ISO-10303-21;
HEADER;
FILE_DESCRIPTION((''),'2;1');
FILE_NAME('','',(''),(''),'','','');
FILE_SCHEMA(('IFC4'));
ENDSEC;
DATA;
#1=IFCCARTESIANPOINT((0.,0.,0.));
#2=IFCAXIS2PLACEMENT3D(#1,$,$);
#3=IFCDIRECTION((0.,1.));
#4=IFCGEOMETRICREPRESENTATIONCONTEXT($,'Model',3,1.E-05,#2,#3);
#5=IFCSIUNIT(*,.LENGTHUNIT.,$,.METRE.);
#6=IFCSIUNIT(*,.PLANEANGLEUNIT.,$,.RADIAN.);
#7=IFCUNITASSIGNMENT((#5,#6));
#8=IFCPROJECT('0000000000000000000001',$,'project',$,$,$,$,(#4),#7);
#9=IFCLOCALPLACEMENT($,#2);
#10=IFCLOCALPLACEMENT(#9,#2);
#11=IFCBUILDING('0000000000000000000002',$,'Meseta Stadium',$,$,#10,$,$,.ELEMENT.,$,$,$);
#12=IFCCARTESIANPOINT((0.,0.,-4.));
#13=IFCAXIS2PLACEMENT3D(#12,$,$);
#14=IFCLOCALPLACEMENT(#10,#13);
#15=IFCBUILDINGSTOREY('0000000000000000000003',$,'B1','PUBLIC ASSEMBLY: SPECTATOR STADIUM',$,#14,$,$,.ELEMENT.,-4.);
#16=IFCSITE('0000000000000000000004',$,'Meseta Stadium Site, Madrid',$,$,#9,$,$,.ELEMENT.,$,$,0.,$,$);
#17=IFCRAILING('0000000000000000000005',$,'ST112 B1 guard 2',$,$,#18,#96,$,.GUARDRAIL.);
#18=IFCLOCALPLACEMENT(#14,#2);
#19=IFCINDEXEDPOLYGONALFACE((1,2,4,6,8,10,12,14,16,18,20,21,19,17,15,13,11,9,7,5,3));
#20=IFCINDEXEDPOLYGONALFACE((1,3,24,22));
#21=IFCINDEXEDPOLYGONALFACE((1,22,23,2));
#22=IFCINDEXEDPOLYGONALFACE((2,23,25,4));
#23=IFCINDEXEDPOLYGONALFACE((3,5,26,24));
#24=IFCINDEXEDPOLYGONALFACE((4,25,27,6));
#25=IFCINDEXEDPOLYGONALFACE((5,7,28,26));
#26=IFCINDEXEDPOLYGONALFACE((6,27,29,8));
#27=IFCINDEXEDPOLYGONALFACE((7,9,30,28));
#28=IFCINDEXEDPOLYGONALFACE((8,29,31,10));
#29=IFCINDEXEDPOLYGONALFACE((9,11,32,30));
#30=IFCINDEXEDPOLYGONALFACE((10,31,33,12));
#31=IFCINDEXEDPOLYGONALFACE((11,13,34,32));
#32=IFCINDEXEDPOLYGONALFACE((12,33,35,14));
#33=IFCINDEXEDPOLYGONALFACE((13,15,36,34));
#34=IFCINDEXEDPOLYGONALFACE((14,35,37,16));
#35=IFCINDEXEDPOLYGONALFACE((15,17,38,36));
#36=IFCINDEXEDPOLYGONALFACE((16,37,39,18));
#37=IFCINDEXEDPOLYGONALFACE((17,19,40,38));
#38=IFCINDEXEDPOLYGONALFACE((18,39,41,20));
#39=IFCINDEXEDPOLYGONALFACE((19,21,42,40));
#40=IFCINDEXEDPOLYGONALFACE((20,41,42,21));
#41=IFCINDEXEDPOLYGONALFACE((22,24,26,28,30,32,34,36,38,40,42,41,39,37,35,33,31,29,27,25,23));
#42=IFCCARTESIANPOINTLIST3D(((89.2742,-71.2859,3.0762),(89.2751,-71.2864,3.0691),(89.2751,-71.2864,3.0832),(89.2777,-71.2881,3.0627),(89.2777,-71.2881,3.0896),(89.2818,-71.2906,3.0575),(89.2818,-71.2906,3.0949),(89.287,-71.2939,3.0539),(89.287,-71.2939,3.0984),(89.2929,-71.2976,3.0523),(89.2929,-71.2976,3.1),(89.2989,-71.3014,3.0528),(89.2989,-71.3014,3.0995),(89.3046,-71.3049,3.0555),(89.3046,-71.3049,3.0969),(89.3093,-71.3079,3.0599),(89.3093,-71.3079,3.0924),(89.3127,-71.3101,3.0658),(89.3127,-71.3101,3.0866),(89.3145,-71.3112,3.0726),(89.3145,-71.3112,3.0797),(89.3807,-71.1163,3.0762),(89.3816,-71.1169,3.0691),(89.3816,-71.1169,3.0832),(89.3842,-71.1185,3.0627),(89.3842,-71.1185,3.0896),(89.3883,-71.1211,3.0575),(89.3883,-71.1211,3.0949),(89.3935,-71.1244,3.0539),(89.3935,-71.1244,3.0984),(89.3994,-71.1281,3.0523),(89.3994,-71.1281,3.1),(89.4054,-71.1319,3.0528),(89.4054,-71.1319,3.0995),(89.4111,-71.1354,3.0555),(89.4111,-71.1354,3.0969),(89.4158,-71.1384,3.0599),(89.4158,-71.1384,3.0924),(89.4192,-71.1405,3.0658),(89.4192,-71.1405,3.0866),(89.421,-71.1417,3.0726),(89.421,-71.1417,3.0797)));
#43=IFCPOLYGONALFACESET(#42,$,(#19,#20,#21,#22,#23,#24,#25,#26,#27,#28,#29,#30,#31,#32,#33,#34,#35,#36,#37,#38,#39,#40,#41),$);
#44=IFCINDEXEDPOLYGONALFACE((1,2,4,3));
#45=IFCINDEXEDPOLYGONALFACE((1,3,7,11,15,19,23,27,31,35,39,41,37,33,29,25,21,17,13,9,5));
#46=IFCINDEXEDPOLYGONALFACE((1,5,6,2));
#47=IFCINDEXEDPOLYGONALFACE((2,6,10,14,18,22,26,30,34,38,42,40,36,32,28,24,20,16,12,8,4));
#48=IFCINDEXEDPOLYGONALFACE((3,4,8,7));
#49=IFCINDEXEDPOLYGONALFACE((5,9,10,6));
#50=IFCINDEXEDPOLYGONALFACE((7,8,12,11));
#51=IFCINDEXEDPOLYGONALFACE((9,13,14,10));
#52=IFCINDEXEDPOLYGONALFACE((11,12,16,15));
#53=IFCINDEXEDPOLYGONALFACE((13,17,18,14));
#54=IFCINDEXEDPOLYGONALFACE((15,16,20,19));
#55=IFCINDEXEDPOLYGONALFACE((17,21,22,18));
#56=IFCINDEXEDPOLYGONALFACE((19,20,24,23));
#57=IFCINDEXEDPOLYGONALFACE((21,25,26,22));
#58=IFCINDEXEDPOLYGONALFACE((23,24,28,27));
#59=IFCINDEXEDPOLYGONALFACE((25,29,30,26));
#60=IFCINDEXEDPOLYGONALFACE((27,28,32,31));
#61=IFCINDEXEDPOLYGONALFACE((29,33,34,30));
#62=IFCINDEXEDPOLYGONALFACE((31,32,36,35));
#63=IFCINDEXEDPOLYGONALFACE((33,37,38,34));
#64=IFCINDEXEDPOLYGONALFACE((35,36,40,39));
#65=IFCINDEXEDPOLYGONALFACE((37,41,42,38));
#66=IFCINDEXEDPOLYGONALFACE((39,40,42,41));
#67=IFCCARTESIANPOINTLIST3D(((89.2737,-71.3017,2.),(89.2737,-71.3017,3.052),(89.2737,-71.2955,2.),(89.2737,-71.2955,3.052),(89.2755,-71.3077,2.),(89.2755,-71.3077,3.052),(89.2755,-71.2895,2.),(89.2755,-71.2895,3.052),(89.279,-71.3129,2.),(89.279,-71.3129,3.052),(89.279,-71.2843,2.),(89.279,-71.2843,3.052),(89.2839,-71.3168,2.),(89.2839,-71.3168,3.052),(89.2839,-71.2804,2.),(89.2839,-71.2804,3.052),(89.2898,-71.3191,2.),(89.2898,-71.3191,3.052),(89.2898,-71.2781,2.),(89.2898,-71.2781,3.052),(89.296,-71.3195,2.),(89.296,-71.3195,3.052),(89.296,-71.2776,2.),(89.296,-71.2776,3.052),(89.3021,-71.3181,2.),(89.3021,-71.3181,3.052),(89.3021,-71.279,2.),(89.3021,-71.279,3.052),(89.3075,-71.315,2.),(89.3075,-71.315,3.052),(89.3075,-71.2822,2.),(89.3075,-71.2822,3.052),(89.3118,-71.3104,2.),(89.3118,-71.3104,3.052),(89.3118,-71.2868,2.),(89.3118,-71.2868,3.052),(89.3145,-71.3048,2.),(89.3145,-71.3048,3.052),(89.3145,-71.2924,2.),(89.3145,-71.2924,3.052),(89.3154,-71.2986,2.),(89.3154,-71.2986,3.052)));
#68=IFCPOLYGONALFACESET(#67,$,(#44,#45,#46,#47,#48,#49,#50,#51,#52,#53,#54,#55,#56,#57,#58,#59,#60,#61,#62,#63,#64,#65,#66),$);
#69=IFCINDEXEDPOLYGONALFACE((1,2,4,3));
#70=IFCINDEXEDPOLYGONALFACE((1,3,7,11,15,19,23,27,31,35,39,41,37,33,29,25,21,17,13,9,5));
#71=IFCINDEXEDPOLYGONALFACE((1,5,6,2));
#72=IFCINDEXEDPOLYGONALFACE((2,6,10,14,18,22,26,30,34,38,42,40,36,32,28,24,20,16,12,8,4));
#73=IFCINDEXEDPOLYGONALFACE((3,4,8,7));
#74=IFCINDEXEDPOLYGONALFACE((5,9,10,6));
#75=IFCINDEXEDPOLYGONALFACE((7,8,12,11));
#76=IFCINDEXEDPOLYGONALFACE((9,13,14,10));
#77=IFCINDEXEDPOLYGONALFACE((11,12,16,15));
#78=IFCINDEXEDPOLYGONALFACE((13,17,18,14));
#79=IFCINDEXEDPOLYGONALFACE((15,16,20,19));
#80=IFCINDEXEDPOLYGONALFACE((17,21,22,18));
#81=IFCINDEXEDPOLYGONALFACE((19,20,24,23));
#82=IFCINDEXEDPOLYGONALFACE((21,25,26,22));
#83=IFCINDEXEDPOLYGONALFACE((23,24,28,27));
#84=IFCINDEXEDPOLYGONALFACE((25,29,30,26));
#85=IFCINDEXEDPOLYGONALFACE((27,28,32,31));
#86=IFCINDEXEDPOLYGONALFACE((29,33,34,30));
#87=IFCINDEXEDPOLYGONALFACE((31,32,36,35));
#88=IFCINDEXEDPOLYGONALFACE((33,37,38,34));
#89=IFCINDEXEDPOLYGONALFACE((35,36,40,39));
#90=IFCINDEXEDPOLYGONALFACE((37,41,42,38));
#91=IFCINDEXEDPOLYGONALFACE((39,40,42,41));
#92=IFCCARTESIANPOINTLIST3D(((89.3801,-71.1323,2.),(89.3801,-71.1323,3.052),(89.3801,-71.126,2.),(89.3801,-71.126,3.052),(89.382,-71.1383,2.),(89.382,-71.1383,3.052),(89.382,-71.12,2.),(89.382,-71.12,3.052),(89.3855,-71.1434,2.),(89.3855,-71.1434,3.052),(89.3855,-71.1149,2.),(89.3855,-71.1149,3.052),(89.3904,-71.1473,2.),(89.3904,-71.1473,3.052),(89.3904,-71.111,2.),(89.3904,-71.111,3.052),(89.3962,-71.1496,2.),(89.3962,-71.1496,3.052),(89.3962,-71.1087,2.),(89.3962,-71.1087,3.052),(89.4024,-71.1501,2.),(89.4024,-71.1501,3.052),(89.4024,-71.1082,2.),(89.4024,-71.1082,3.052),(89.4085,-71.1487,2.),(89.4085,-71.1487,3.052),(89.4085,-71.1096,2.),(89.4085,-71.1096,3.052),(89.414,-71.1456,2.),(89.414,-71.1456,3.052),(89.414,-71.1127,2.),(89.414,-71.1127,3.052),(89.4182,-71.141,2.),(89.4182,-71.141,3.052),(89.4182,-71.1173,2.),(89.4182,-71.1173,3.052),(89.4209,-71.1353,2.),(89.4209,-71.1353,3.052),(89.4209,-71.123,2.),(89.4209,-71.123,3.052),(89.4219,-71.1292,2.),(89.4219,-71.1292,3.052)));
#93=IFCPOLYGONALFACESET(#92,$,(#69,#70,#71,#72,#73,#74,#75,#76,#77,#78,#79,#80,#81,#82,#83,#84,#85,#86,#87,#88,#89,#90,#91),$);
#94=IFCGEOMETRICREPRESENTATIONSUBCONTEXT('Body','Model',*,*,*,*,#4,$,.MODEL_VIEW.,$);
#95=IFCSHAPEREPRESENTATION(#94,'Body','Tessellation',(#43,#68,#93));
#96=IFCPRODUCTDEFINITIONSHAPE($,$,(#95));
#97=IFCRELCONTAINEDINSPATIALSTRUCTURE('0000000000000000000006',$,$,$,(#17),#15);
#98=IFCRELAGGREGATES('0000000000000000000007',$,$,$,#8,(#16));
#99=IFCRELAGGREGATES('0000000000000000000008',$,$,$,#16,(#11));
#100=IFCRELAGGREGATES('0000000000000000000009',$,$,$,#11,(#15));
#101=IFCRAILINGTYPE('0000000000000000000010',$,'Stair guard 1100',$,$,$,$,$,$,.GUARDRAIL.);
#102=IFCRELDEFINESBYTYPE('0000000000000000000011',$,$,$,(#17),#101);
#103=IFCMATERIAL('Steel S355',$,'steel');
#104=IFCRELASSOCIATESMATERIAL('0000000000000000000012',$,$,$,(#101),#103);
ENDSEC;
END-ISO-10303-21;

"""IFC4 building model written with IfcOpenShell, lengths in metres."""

from ifc_helpers import new_model, si_unit, direction, frame, origin, origin_2d, place, context, subcontext, project, spatial, circle, extrude, material, type_object, element, save


model = new_model("IFC4")

# Units and contexts
model_context = context("Model", 3, precision=1e-05, world=origin(), true_north=direction((0.0, 1.0)))
body_context = subcontext(model_context, "Body", "Model", "MODEL_VIEW")
ifc_project = project(units=[si_unit("LENGTHUNIT", "METRE"), si_unit("PLANEANGLEUNIT", "RADIAN")], contexts=[model_context])

# Site, building, storey
site_placement = place(None, origin())
site = spatial("IfcSite", under=ifc_project, at=site_placement, Name="Meseta Stadium Site, Madrid", CompositionType="ELEMENT", RefElevation=0.0)
building_placement = place(site_placement, origin())
building = spatial("IfcBuilding", under=site, at=building_placement, Name="Meseta Stadium", CompositionType="ELEMENT")
storey_placement = place(building_placement, frame((0.0, 0.0, -4.0)))
storey = spatial("IfcBuildingStorey", under=building, at=storey_placement, Name="B1", Description="PUBLIC ASSEMBLY: SPECTATOR STADIUM", CompositionType="ELEMENT", Elevation=-4.0)

# Railing
ifc_material_1 = material(Name="Steel S355", Category="steel")
railing_type_1 = type_object("IfcRailingType", Name="Stair guard 1100", PredefinedType="GUARDRAIL", material=ifc_material_1)
railing_1_placement = place(storey_placement, frame((89.2944, -71.2986, 2.0)))
element("IfcRailing", 1, at=railing_1_placement, inside=storey, type_object=railing_type_1, Name="ST112 B1 guard 2", PredefinedType="GUARDRAIL", context=body_context, shape_type="SweptSolid", body=[
    extrude(circle(Radius=0.0239, at=origin_2d()), frame((0.0, 0.0, 1.0762), z_axis=(0.531972, 0.846762, 0.0), x_axis=(-0.846762, 0.531972, 0.0)), (0.0, 0.0, 1.0), 0.2002),
    extrude(circle(Radius=0.021, at=origin_2d()), origin(), (0.0, 0.0, 1.0), 1.052),
    extrude(circle(Radius=0.021, at=origin_2d()), frame((0.1064, 0.1694, 0.0)), (0.0, 0.0, 1.0), 1.052),
])

save(model, "model.ifc")
